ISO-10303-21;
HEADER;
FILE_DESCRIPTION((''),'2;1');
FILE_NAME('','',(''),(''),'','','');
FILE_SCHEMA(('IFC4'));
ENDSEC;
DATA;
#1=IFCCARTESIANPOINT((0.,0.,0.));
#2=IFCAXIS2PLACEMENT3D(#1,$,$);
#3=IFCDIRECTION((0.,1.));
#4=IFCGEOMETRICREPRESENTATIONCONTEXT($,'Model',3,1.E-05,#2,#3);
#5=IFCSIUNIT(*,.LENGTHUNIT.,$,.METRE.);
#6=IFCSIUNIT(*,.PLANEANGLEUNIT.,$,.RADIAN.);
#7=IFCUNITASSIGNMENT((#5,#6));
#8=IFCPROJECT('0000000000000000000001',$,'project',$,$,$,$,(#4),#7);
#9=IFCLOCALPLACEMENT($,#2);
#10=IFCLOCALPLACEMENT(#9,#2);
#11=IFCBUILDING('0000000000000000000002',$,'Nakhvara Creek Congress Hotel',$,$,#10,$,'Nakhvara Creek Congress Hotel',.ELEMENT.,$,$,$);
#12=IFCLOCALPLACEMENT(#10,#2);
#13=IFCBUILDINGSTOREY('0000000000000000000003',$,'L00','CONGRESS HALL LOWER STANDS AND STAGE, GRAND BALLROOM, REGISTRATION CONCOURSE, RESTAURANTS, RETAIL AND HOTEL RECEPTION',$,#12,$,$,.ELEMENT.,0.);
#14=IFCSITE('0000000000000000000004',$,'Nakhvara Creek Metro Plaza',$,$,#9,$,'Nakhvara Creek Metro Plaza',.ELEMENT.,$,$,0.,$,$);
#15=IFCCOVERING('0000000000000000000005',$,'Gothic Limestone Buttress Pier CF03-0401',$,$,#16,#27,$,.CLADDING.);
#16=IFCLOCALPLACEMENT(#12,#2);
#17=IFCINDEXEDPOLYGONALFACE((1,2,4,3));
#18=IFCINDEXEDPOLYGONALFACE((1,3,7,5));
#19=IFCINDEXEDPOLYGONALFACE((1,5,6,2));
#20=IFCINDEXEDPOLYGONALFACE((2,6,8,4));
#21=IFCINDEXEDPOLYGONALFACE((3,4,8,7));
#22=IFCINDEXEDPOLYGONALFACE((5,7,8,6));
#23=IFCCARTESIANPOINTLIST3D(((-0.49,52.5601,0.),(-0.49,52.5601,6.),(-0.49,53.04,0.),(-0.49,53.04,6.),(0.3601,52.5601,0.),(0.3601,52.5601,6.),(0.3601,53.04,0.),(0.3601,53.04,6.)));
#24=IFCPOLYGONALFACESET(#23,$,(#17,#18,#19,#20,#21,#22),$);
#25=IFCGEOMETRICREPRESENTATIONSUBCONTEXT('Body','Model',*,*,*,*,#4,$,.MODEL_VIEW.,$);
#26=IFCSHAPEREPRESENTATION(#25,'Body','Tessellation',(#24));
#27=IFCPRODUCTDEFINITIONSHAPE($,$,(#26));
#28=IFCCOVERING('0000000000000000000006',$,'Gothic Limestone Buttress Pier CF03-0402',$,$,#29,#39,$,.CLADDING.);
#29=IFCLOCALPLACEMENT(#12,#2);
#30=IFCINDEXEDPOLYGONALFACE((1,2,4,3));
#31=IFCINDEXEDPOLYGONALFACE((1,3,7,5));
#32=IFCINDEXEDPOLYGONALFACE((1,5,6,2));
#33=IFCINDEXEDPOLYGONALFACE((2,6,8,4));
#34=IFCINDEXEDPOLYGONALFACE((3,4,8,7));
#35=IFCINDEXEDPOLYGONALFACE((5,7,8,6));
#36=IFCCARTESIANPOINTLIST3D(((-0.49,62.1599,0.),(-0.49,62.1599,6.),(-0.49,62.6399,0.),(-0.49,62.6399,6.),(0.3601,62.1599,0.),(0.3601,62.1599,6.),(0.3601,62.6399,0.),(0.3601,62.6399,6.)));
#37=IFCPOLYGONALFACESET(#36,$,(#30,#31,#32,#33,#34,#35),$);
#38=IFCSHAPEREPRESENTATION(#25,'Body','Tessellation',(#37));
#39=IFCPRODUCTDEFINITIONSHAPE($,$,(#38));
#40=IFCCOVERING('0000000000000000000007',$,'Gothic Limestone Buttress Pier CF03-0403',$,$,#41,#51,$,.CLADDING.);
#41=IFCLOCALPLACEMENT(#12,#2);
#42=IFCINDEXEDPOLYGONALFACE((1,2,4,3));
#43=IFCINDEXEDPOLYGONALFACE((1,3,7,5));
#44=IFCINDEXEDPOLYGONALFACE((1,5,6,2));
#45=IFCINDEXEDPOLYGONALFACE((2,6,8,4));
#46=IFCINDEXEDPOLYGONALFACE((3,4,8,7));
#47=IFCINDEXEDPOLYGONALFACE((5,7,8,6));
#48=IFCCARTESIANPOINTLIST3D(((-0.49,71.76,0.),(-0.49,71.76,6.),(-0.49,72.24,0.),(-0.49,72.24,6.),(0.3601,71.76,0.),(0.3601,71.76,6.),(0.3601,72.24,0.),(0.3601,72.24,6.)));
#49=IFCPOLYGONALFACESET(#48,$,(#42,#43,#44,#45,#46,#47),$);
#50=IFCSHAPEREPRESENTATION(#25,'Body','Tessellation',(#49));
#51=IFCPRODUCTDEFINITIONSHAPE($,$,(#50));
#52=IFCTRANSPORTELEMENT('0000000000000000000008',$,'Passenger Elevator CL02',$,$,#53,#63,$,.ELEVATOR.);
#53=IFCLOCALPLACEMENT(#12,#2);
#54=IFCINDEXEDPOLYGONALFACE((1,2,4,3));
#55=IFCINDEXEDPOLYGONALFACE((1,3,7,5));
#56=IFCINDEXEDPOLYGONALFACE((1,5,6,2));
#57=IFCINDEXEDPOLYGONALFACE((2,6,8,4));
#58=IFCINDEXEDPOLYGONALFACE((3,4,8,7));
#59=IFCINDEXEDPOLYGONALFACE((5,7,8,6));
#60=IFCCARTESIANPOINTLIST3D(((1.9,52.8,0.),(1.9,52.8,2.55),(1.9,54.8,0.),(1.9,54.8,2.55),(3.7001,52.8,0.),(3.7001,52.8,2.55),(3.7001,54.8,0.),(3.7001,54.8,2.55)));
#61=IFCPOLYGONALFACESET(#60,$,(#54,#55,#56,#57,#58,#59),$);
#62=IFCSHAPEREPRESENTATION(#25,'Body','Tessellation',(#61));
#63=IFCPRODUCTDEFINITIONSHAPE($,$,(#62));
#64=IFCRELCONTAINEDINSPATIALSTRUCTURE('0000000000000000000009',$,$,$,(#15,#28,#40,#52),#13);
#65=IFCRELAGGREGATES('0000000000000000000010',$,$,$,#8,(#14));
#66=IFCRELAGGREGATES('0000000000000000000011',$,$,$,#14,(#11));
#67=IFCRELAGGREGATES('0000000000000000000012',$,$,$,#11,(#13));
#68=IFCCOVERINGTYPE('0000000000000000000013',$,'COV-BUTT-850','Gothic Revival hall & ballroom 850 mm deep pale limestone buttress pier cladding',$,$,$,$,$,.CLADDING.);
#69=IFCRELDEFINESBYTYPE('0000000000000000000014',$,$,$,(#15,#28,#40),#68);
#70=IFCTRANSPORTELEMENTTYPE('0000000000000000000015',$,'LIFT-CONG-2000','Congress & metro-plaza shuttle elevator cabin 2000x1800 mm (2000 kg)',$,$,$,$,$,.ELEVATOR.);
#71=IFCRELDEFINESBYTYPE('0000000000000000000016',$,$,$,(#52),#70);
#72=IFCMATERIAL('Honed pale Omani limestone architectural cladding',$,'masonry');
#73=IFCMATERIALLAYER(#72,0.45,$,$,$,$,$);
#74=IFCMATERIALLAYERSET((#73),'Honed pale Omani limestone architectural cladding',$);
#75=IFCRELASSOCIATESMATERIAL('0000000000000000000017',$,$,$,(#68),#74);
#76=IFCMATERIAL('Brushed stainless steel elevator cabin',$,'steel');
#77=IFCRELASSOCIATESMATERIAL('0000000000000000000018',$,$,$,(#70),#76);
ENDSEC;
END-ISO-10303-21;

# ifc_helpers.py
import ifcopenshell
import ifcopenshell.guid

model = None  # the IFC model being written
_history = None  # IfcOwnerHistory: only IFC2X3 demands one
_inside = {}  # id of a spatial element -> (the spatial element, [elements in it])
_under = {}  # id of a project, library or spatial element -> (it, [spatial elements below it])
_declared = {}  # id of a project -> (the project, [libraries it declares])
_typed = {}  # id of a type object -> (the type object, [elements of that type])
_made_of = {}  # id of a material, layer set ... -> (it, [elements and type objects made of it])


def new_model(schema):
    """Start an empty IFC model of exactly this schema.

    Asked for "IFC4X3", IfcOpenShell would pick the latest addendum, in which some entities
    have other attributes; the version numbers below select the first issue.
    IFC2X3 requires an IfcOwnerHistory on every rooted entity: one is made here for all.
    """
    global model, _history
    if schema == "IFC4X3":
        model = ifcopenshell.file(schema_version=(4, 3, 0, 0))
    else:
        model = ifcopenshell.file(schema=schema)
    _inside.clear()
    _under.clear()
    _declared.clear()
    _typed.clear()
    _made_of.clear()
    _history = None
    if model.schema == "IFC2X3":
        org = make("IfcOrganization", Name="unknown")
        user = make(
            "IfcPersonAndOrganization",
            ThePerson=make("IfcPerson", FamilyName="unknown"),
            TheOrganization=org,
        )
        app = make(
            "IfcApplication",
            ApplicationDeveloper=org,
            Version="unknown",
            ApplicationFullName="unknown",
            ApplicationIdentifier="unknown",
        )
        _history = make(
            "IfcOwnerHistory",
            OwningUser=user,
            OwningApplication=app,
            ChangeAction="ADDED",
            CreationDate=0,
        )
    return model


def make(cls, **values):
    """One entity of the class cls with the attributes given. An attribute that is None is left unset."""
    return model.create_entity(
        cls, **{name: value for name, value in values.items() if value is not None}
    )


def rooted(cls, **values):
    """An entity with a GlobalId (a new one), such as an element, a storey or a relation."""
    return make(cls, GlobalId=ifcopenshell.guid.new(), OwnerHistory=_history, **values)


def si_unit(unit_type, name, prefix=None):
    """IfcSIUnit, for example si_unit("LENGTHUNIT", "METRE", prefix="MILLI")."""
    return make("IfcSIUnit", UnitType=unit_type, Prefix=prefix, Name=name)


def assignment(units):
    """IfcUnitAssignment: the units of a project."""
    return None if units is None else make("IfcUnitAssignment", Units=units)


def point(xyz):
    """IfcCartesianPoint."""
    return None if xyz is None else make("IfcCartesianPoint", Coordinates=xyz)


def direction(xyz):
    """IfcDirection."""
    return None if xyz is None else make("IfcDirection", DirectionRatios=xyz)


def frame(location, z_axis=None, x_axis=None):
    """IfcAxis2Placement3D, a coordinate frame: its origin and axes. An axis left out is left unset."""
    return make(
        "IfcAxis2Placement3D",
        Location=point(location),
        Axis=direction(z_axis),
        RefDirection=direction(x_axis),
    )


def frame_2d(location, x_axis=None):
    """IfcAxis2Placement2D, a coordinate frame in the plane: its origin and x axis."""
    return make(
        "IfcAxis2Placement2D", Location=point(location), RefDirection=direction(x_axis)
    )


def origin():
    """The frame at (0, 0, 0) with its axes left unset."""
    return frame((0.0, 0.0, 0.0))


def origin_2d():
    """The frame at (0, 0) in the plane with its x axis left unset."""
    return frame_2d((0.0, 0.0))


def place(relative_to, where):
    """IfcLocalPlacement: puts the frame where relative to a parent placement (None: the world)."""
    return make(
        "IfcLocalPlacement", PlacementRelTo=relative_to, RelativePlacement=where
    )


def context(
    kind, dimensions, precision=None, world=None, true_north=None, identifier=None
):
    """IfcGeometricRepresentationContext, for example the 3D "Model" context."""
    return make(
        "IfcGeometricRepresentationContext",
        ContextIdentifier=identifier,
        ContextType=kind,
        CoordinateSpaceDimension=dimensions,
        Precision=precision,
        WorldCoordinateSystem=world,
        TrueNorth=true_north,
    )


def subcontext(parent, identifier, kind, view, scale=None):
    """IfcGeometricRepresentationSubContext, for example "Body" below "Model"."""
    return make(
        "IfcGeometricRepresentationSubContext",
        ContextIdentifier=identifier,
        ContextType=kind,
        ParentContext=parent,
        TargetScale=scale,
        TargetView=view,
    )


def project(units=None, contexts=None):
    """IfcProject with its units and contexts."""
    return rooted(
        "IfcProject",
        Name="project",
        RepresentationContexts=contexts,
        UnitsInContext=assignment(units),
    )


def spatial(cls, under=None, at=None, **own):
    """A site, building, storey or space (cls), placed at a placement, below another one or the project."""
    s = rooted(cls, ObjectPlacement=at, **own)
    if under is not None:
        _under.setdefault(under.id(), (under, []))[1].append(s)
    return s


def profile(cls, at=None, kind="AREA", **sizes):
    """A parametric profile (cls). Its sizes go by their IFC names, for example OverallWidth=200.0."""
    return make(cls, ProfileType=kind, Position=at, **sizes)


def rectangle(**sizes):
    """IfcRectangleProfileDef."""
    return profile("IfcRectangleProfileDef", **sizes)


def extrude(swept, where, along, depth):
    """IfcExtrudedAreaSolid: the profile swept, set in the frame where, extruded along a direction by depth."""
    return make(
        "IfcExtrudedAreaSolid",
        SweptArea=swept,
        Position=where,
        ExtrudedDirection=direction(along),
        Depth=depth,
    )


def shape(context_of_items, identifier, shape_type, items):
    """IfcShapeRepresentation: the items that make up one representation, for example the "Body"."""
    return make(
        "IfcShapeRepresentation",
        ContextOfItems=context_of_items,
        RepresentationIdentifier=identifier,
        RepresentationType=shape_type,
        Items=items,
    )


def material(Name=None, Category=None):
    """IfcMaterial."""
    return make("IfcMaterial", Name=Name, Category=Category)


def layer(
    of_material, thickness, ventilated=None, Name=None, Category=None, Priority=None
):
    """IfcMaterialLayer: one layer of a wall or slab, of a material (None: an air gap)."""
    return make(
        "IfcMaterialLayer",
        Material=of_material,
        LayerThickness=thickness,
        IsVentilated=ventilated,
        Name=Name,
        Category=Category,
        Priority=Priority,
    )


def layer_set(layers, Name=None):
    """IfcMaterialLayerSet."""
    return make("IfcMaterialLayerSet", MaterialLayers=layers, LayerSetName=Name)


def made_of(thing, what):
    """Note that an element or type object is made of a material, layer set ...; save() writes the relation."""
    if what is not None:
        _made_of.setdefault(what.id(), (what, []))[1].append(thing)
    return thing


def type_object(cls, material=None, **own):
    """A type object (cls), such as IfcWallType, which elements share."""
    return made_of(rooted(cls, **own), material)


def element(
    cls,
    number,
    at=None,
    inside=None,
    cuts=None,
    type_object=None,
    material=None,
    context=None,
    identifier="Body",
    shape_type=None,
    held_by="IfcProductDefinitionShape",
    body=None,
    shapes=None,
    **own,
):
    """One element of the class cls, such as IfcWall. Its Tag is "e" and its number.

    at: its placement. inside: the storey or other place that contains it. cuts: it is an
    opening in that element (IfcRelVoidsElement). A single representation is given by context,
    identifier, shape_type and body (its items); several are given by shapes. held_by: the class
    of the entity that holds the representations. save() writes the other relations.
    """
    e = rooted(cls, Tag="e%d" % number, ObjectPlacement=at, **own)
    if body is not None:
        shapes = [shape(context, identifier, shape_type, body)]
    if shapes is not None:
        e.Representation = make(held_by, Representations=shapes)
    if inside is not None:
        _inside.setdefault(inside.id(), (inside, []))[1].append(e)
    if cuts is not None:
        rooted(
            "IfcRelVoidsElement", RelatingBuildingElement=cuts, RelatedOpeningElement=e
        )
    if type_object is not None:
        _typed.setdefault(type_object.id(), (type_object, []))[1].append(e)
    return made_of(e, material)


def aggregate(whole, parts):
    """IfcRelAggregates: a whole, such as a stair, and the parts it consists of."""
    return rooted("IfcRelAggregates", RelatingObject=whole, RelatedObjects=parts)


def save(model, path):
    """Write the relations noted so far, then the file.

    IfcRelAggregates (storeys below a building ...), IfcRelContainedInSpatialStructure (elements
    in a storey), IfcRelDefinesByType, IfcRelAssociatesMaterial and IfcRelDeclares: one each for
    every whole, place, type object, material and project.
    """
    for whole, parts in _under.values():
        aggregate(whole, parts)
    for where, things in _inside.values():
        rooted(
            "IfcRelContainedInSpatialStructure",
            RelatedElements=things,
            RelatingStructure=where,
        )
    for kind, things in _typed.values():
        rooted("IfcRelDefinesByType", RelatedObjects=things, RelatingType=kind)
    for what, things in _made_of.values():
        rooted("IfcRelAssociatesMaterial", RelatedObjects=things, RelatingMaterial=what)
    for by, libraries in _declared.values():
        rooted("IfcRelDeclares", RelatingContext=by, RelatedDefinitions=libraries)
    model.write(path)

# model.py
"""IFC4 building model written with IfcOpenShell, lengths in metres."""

from ifc_helpers import new_model, si_unit, direction, frame, origin, origin_2d, place, context, subcontext, project, spatial, rectangle, extrude, material, layer, layer_set, type_object, element, save


model = new_model("IFC4")

# Units and contexts
model_context = context("Model", 3, precision=1e-05, world=origin(), true_north=direction((0.0, 1.0)))
body_context = subcontext(model_context, "Body", "Model", "MODEL_VIEW")
ifc_project = project(units=[si_unit("LENGTHUNIT", "METRE"), si_unit("PLANEANGLEUNIT", "RADIAN")], contexts=[model_context])

# Site, building, storey
site_placement = place(None, origin())
site = spatial("IfcSite", under=ifc_project, at=site_placement, Name="Nakhvara Creek Metro Plaza", LongName="Nakhvara Creek Metro Plaza", CompositionType="ELEMENT", RefElevation=0.0)
building_placement = place(site_placement, origin())
building = spatial("IfcBuilding", under=site, at=building_placement, Name="Nakhvara Creek Congress Hotel", LongName="Nakhvara Creek Congress Hotel", CompositionType="ELEMENT")
storey_placement = place(building_placement, origin())
storey = spatial("IfcBuildingStorey", under=building, at=storey_placement, Name="L00", Description="CONGRESS HALL LOWER STANDS AND STAGE, GRAND BALLROOM, REGISTRATION CONCOURSE, RESTAURANTS, RETAIL AND HOTEL RECEPTION", CompositionType="ELEMENT", Elevation=0.0)

# Coverings
ifc_material_1 = material(Name="Honed pale Omani limestone architectural cladding", Category="masonry")
ifc_layer_1 = layer(ifc_material_1, 0.45)
ifc_layer_set_1 = layer_set([ifc_layer_1], Name="Honed pale Omani limestone architectural cladding")
covering_type_1 = type_object("IfcCoveringType", Name="COV-BUTT-850", Description="Gothic Revival hall & ballroom 850 mm deep pale limestone buttress pier cladding", PredefinedType="CLADDING", material=ifc_layer_set_1)
for number, where, z_axis, x_axis, name in (
    (1, (-0.0649, 52.8, 0.0), (0.0, 0.0, 1.0), (0.0, 1.0, 0.0), "Gothic Limestone Buttress Pier CF03-0401"),
    (2, (-0.0649, 62.3999, 0.0), (0.0, 0.0, 1.0), (0.0, 1.0, 0.0), "Gothic Limestone Buttress Pier CF03-0402"),
    (3, (-0.0649, 72.0, 0.0), (0.0, 0.0, 1.0), (0.0, 1.0, 0.0), "Gothic Limestone Buttress Pier CF03-0403"),
):
    element("IfcCovering", number, at=place(storey_placement, frame(where, z_axis=z_axis, x_axis=x_axis)), inside=storey, type_object=covering_type_1, Name=name, PredefinedType="CLADDING", context=body_context, shape_type="SweptSolid", body=[
        extrude(rectangle(XDim=0.48, YDim=0.8501, at=origin_2d()), origin(), (0.0, 0.0, 1.0), 6.0),
    ])

# Transport element
ifc_material_2 = material(Name="Brushed stainless steel elevator cabin", Category="steel")
transport_element_type = type_object("IfcTransportElementType", Name="LIFT-CONG-2000", Description="Congress & metro-plaza shuttle elevator cabin 2000x1800 mm (2000 kg)", PredefinedType="ELEVATOR", material=ifc_material_2)
transport_element_placement = place(storey_placement, frame((2.8, 53.8, 0.0), z_axis=(0.0, 0.0, 1.0), x_axis=(0.0, 1.0, 0.0)))
element("IfcTransportElement", 4, at=transport_element_placement, inside=storey, type_object=transport_element_type, Name="Passenger Elevator CL02", PredefinedType="ELEVATOR", context=body_context, shape_type="SweptSolid", body=[
    extrude(rectangle(XDim=2.0, YDim=1.8, at=origin_2d()), origin(), (0.0, 0.0, 1.0), 2.55),
])

save(model, "model.ifc")
